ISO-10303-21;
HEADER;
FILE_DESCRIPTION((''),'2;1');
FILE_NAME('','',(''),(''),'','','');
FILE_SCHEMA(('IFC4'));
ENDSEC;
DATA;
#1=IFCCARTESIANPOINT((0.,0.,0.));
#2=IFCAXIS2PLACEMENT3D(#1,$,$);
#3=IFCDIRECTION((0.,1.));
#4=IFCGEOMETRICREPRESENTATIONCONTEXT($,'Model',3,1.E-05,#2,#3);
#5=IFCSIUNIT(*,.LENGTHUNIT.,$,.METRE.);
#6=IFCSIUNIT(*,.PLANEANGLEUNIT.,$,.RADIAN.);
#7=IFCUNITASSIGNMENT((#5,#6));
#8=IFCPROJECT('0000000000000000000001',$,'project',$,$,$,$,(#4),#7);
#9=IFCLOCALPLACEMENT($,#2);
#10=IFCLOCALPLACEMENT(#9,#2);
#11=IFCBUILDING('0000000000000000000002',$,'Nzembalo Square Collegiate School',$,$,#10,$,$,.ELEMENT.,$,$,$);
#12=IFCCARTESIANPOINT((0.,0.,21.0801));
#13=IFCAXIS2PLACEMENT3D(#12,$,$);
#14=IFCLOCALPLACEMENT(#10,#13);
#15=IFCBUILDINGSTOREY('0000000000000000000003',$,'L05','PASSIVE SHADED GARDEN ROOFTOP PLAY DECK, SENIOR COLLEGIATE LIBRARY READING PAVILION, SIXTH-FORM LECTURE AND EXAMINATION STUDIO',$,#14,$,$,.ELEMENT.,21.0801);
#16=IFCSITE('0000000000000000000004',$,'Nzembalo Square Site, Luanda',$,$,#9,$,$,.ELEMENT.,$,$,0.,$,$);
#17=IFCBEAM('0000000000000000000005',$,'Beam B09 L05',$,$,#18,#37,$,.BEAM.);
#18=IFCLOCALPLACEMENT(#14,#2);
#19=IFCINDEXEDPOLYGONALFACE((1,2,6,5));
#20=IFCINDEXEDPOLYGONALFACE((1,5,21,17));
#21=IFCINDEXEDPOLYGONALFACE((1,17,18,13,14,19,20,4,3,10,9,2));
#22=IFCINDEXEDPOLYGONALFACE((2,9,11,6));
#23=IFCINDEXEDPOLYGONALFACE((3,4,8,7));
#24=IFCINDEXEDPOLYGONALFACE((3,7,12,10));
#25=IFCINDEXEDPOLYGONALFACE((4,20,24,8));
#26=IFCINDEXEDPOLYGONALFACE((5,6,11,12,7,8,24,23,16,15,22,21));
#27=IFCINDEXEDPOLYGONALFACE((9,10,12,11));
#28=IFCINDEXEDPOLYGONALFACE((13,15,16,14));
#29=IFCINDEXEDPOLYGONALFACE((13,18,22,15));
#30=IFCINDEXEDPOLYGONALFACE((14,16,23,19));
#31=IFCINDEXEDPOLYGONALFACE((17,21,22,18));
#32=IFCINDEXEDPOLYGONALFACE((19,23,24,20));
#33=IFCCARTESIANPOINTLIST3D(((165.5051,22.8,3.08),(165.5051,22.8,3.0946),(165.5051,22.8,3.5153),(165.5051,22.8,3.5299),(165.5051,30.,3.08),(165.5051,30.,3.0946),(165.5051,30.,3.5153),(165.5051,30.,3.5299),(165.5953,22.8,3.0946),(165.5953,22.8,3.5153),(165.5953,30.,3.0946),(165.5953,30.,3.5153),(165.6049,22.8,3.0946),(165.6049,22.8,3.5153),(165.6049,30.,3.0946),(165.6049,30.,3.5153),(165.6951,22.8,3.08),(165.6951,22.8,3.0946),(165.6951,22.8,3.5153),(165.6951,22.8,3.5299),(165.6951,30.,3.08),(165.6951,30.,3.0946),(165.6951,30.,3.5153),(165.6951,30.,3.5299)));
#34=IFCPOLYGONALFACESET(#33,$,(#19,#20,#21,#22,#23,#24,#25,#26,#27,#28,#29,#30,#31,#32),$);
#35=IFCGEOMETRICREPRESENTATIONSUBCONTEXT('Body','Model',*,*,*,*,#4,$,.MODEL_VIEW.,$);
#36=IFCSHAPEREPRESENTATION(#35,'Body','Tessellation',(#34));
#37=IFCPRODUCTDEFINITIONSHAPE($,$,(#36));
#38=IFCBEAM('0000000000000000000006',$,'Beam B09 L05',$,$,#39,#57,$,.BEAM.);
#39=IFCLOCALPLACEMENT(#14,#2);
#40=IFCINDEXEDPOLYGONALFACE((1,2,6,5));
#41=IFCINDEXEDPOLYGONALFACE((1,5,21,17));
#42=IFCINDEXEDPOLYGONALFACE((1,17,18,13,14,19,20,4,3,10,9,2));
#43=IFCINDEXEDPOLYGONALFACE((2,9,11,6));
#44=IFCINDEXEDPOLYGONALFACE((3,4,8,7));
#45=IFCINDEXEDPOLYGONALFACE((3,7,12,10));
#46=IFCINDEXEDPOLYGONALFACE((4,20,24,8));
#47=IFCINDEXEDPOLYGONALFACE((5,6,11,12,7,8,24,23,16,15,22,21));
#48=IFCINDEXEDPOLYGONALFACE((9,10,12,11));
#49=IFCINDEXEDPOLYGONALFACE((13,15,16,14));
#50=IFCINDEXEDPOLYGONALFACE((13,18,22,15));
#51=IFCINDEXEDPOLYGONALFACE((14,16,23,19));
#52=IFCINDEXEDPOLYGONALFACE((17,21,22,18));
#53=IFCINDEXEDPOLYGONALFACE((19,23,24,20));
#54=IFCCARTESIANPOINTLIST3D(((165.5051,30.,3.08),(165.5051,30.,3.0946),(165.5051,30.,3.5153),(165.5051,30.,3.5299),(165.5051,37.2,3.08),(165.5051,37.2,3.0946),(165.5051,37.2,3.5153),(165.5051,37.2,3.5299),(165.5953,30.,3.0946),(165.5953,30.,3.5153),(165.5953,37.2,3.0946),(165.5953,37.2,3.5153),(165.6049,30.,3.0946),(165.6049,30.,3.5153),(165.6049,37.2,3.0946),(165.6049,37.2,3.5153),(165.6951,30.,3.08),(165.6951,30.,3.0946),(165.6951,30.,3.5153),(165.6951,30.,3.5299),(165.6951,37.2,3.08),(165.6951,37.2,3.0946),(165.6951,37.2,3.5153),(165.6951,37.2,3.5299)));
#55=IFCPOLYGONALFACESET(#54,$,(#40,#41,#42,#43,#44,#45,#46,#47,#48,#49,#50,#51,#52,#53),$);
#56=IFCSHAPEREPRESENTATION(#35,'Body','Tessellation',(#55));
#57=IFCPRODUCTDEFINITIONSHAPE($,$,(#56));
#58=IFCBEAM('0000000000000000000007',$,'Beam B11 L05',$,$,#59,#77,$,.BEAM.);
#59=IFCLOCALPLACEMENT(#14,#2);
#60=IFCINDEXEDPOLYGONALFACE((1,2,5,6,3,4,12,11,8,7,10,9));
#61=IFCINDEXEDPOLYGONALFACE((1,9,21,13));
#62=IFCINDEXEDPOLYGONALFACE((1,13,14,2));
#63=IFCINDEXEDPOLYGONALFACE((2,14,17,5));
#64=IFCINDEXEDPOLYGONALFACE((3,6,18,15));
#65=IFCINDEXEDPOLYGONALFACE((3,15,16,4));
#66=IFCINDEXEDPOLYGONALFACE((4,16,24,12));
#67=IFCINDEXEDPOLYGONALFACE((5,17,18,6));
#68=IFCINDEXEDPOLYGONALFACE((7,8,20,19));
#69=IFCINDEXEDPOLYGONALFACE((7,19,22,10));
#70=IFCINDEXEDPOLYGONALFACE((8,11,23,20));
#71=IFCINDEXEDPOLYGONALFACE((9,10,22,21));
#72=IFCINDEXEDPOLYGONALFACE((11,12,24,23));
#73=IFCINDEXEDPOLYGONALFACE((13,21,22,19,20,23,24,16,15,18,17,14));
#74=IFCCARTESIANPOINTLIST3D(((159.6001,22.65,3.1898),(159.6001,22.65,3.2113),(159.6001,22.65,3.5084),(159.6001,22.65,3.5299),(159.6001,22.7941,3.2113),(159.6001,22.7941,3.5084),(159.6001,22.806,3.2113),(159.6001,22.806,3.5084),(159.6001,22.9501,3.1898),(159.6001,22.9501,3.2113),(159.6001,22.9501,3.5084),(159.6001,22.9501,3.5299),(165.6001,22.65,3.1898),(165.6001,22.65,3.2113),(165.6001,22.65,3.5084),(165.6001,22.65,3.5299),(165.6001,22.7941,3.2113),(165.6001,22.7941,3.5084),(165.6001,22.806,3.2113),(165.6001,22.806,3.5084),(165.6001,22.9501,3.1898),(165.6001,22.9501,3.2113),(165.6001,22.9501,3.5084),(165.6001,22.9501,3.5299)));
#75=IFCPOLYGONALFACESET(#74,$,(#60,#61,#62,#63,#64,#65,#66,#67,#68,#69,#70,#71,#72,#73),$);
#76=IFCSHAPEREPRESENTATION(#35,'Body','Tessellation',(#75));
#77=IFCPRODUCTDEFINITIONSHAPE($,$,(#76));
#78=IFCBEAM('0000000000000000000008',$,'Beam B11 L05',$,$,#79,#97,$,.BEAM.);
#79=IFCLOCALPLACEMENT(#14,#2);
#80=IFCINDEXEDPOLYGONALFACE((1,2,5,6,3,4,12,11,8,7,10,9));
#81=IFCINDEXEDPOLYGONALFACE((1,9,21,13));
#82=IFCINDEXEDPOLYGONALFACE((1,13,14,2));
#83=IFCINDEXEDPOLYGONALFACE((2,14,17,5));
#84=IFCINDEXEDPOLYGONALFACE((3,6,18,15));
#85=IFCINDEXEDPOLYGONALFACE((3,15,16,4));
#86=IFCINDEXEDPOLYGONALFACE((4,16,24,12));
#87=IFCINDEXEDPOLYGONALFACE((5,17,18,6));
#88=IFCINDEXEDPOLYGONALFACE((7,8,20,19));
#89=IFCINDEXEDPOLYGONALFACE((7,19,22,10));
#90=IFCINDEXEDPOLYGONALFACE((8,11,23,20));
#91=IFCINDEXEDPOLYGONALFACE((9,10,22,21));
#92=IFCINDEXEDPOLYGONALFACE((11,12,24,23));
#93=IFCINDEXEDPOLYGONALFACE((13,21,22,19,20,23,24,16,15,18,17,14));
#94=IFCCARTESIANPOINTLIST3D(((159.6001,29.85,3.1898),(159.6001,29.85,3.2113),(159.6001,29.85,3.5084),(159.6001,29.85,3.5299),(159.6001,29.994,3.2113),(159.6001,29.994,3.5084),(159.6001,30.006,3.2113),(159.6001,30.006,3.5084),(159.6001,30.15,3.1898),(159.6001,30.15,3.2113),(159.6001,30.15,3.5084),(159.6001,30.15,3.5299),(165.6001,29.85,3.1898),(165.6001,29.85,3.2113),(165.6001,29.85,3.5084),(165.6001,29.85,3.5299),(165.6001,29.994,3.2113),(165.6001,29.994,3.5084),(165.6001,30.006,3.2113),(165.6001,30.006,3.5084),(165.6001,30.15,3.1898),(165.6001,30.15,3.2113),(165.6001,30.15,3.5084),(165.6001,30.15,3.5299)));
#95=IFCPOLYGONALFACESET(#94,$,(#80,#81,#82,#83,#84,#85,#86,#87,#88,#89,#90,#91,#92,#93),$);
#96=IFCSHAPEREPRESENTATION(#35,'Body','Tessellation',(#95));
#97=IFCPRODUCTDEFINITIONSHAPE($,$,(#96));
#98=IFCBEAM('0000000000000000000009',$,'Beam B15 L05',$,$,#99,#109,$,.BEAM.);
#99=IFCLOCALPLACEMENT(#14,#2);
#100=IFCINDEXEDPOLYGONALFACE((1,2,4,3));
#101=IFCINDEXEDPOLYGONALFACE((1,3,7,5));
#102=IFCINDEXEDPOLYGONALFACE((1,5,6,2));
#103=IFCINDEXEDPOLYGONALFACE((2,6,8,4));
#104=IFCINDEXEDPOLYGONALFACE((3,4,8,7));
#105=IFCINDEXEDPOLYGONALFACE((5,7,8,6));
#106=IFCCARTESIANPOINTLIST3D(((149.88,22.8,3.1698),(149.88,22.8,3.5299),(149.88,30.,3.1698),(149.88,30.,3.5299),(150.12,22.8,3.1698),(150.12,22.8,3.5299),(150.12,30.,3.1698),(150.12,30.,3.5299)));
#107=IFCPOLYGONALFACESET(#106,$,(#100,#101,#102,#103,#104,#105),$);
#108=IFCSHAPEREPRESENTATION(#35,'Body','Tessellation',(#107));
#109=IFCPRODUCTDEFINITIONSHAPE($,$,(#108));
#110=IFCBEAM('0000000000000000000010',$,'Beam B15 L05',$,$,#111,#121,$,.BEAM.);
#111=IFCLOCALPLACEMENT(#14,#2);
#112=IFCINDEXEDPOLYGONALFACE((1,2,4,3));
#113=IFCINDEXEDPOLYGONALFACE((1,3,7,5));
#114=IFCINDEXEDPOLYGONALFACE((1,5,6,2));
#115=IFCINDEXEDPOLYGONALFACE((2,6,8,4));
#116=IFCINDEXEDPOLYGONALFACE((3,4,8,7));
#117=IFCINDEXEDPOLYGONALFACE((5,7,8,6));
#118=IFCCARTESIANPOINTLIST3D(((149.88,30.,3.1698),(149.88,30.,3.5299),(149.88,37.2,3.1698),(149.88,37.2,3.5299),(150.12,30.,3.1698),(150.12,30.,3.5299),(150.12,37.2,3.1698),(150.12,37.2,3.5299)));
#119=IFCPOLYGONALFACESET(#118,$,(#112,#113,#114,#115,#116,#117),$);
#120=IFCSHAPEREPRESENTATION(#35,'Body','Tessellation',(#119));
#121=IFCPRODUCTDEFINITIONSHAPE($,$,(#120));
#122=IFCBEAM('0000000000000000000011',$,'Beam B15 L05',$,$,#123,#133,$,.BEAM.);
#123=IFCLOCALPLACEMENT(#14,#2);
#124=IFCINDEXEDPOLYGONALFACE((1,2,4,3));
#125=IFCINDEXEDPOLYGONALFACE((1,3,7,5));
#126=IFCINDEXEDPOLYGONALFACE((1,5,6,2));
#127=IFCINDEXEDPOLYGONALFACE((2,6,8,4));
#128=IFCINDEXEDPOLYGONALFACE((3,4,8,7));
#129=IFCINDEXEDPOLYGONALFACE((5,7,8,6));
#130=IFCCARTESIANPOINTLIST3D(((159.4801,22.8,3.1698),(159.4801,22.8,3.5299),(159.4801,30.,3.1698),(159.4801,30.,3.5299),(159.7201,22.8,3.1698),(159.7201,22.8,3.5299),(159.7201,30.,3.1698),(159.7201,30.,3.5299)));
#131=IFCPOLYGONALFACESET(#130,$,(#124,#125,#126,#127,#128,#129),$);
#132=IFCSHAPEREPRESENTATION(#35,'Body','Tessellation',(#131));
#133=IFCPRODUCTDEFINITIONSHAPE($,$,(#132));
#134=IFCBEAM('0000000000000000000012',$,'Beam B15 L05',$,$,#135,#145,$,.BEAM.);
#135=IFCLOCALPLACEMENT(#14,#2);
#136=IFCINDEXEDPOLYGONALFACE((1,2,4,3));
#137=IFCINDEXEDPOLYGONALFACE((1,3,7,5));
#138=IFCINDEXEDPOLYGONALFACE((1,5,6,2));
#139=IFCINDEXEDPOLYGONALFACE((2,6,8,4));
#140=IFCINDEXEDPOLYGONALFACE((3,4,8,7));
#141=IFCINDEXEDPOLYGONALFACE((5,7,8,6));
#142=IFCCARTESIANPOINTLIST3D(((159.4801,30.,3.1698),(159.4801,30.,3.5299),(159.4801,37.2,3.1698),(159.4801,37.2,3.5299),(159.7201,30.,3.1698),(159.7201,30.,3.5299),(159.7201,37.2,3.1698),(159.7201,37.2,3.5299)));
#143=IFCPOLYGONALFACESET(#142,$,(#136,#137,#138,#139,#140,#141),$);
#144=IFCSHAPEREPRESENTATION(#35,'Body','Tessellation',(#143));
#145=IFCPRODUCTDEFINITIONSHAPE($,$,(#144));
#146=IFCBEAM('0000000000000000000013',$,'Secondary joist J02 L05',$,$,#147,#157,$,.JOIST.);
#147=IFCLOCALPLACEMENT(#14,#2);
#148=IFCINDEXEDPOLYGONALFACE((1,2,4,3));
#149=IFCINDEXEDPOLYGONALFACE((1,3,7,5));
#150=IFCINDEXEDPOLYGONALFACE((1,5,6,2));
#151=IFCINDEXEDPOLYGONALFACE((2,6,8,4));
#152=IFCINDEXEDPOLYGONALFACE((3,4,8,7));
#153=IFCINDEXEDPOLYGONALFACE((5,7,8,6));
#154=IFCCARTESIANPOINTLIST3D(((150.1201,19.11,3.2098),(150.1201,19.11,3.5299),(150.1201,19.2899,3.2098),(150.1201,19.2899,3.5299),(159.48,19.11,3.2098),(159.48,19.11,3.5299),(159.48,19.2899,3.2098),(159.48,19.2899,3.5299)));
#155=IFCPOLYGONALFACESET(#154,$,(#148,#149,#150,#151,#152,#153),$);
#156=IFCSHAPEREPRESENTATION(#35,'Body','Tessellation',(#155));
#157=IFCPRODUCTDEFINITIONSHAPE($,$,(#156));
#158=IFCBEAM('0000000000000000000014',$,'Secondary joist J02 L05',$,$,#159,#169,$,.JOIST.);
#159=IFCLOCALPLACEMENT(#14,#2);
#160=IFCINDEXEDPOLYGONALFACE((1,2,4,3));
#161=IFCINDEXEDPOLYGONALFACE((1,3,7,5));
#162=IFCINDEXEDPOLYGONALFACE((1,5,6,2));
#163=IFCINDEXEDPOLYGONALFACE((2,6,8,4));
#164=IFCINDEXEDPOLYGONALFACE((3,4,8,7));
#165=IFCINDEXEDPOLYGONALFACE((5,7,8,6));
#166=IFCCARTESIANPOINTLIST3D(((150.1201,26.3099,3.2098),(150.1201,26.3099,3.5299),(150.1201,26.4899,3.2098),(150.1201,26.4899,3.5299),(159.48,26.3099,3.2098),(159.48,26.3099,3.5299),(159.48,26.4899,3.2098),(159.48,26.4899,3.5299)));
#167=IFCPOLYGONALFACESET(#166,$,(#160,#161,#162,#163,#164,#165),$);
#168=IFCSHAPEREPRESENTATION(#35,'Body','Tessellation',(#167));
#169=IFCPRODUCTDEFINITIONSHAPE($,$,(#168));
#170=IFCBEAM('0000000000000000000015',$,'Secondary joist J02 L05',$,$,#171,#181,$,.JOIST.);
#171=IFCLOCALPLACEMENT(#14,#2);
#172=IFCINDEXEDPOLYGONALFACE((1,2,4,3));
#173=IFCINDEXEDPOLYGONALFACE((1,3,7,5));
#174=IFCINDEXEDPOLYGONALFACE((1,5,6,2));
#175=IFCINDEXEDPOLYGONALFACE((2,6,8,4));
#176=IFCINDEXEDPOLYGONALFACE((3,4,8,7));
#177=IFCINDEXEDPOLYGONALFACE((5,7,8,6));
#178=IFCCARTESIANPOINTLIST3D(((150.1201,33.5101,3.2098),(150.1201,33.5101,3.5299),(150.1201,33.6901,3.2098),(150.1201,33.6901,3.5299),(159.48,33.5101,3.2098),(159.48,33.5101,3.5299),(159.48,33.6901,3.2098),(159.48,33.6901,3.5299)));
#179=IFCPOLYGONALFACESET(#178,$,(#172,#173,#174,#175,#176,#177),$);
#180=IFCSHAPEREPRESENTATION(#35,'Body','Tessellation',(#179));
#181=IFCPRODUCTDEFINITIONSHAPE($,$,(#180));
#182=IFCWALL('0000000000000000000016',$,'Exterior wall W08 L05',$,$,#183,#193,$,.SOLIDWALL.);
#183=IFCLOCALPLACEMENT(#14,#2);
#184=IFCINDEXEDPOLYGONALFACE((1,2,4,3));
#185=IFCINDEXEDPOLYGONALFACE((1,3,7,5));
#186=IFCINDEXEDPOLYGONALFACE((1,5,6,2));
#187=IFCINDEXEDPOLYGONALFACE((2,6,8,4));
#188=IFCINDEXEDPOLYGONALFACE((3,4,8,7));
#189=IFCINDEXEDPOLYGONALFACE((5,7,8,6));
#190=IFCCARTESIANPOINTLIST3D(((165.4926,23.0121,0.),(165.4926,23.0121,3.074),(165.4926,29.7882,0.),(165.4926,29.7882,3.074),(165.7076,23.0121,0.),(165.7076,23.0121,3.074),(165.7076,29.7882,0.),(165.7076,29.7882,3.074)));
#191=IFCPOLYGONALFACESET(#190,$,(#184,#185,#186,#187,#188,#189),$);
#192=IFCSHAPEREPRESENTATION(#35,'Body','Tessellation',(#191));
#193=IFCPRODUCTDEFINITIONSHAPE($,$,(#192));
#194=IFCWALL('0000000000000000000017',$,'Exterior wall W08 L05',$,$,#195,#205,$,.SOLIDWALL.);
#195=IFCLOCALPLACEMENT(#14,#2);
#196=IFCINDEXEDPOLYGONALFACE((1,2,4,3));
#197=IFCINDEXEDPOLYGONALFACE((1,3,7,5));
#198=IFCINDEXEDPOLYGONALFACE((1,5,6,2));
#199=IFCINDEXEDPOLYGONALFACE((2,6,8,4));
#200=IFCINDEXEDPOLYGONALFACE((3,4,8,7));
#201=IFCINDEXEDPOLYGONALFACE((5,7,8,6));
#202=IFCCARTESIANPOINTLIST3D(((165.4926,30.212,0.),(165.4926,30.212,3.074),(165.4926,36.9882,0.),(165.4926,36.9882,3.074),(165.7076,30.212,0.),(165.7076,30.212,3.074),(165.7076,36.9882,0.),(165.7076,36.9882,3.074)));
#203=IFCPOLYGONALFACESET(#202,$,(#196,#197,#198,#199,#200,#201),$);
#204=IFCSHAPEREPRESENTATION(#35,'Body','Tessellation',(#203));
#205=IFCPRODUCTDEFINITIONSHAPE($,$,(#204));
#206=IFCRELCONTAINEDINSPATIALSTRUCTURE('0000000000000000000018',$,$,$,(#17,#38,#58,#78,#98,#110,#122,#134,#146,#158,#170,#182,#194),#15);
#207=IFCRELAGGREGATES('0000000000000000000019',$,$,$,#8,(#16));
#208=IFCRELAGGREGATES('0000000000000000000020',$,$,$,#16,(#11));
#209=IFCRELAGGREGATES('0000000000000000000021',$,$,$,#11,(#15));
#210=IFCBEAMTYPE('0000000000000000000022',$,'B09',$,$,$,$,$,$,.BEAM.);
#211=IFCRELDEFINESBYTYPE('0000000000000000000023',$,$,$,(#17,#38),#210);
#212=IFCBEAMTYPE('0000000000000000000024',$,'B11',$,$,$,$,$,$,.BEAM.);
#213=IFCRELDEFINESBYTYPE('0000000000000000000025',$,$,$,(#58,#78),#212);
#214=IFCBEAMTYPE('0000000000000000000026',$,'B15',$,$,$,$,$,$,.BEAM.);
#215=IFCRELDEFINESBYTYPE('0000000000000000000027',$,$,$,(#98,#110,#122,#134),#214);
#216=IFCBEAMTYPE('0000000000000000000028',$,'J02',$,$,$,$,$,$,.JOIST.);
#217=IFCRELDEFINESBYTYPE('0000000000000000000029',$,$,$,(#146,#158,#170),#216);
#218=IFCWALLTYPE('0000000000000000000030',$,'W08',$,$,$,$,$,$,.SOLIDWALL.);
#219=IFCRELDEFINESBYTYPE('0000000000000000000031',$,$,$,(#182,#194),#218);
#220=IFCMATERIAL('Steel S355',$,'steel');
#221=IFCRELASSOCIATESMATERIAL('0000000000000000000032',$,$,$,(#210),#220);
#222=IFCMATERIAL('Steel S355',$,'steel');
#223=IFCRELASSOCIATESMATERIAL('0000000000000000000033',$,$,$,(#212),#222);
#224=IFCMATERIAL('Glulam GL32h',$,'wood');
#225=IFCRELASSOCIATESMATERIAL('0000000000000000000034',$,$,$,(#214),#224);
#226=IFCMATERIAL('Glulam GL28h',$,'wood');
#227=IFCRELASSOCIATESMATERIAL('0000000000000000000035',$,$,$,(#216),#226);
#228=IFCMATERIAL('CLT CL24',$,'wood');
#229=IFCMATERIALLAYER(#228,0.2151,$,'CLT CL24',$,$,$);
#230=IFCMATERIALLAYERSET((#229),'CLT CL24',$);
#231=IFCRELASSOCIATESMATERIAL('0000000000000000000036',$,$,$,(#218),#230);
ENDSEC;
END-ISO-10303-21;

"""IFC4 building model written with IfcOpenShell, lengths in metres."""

from ifc_helpers import new_model, si_unit, direction, frame, frame_2d, origin, origin_2d, place, context, subcontext, project, spatial, rectangle, i_section, extrude, material, layer, layer_set, material_profile, profile_set, type_object, element, save


model = new_model("IFC4")

# Units and contexts
model_context = context("Model", 3, precision=1e-05, world=origin(), true_north=direction((0.0, 1.0)))
body_context = subcontext(model_context, "Body", "Model", "MODEL_VIEW")
ifc_project = project(units=[si_unit("LENGTHUNIT", "METRE"), si_unit("PLANEANGLEUNIT", "RADIAN")], contexts=[model_context])

# Site, building, storey
site_placement = place(None, origin())
site = spatial("IfcSite", under=ifc_project, at=site_placement, Name="Nzembalo Square Site, Luanda", CompositionType="ELEMENT", RefElevation=0.0)
building_placement = place(site_placement, origin())
building = spatial("IfcBuilding", under=site, at=building_placement, Name="Nzembalo Square Collegiate School", CompositionType="ELEMENT")
storey_placement = place(building_placement, frame((0.0, 0.0, 21.0801)))
storey = spatial("IfcBuildingStorey", under=building, at=storey_placement, Name="L05", Description="PASSIVE SHADED GARDEN ROOFTOP PLAY DECK, SENIOR COLLEGIATE LIBRARY READING PAVILION, SIXTH-FORM LECTURE AND EXAMINATION STUDIO", CompositionType="ELEMENT", Elevation=21.0801)

# Beams
ifc_material_1 = material(Name="Steel S355", Category="steel")
ifc_material_profile_1 = material_profile(ifc_material_1, i_section(OverallWidth=0.1899, OverallDepth=0.45, WebThickness=0.0095, FlangeThickness=0.0146, at=origin_2d()), Name="IPE 450")
ifc_profile_set_1 = profile_set([ifc_material_profile_1], Name="Steel S355")
beam_type_1 = type_object("IfcBeamType", Name="B09", PredefinedType="BEAM", material=ifc_profile_set_1)
for number, where, z_axis, x_axis, name in (
    (1, (165.6001, 22.8, 3.3049), (0.0, 1.0, 0.0), (-1.0, 0.0, 0.0), "Beam B09 L05"),
    (2, (165.6001, 30.0, 3.3049), (0.0, 1.0, 0.0), (-1.0, 0.0, 0.0), "Beam B09 L05"),
):
    element("IfcBeam", number, at=place(storey_placement, frame(where, z_axis=z_axis, x_axis=x_axis)), inside=storey, type_object=beam_type_1, Name=name, PredefinedType="BEAM", context=body_context, shape_type="SweptSolid", body=[
        extrude(i_section(OverallWidth=0.1899, OverallDepth=0.45, WebThickness=0.0095, FlangeThickness=0.0146, at=origin_2d()), origin(), (0.0, 0.0, 1.0), 7.2),
    ])
ifc_material_2 = material(Name="Steel S355", Category="steel")
ifc_material_profile_2 = material_profile(ifc_material_2, i_section(OverallWidth=0.3, OverallDepth=0.3401, WebThickness=0.012, FlangeThickness=0.0215, at=origin_2d()), Name="HEB 340")
ifc_profile_set_2 = profile_set([ifc_material_profile_2], Name="Steel S355")
beam_type_2 = type_object("IfcBeamType", Name="B11", PredefinedType="BEAM", material=ifc_profile_set_2)
for number, where, z_axis, x_axis, name in (
    (3, (159.6001, 22.8, 3.3599), (1.0, 0.0, 0.0), (0.0, 1.0, 0.0), "Beam B11 L05"),
    (4, (159.6001, 30.0, 3.3599), (1.0, 0.0, 0.0), (0.0, 1.0, 0.0), "Beam B11 L05"),
):
    element("IfcBeam", number, at=place(storey_placement, frame(where, z_axis=z_axis, x_axis=x_axis)), inside=storey, type_object=beam_type_2, Name=name, PredefinedType="BEAM", context=body_context, shape_type="SweptSolid", body=[
        extrude(i_section(OverallWidth=0.3, OverallDepth=0.3401, WebThickness=0.012, FlangeThickness=0.0215, at=origin_2d()), origin(), (0.0, 0.0, 1.0), 6.0),
    ])
ifc_material_3 = material(Name="Glulam GL32h", Category="wood")
ifc_material_profile_3 = material_profile(ifc_material_3, rectangle(XDim=0.24, YDim=0.3601, at=origin_2d()), Name="GL32h 240x360")
ifc_profile_set_3 = profile_set([ifc_material_profile_3], Name="Glulam GL32h")
beam_type_3 = type_object("IfcBeamType", Name="B15", PredefinedType="BEAM", material=ifc_profile_set_3)
for number, where, z_axis, x_axis, name in (
    (5, (150.0, 22.8, 3.3499), (0.0, 1.0, 0.0), (-1.0, 0.0, 0.0), "Beam B15 L05"),
    (6, (150.0, 30.0, 3.3499), (0.0, 1.0, 0.0), (-1.0, 0.0, 0.0), "Beam B15 L05"),
    (7, (159.6001, 22.8, 3.3499), (0.0, 1.0, 0.0), (-1.0, 0.0, 0.0), "Beam B15 L05"),
    (8, (159.6001, 30.0, 3.3499), (0.0, 1.0, 0.0), (-1.0, 0.0, 0.0), "Beam B15 L05"),
):
    element("IfcBeam", number, at=place(storey_placement, frame(where, z_axis=z_axis, x_axis=x_axis)), inside=storey, type_object=beam_type_3, Name=name, PredefinedType="BEAM", context=body_context, shape_type="SweptSolid", body=[
        extrude(rectangle(XDim=0.24, YDim=0.3601, at=origin_2d()), origin(), (0.0, 0.0, 1.0), 7.2),
    ])
ifc_material_4 = material(Name="Glulam GL28h", Category="wood")
ifc_material_profile_4 = material_profile(ifc_material_4, rectangle(XDim=0.1799, YDim=0.3201, at=origin_2d()), Name="GL28h 180x320")
ifc_profile_set_4 = profile_set([ifc_material_profile_4], Name="Glulam GL28h")
beam_type_4 = type_object("IfcBeamType", Name="J02", PredefinedType="JOIST", material=ifc_profile_set_4)
for number, where, z_axis, x_axis, name in (
    (9, (150.1201, 19.2, 3.3699), (1.0, 0.0, 0.0), (0.0, 1.0, 0.0), "Secondary joist J02 L05"),
    (10, (150.1201, 26.3999, 3.3699), (1.0, 0.0, 0.0), (0.0, 1.0, 0.0), "Secondary joist J02 L05"),
    (11, (150.1201, 33.6001, 3.3699), (1.0, 0.0, 0.0), (0.0, 1.0, 0.0), "Secondary joist J02 L05"),
):
    element("IfcBeam", number, at=place(storey_placement, frame(where, z_axis=z_axis, x_axis=x_axis)), inside=storey, type_object=beam_type_4, Name=name, PredefinedType="JOIST", context=body_context, shape_type="SweptSolid", body=[
        extrude(rectangle(XDim=0.1799, YDim=0.3201, at=origin_2d()), origin(), (0.0, 0.0, 1.0), 9.3599),
    ])

# Walls
ifc_material_5 = material(Name="CLT CL24", Category="wood")
ifc_layer_1 = layer(ifc_material_5, 0.2151, Name="CLT CL24")
ifc_layer_set_1 = layer_set([ifc_layer_1], Name="CLT CL24")
wall_type_1 = type_object("IfcWallType", Name="W08", PredefinedType="SOLIDWALL", material=ifc_layer_set_1)
for number, where, z_axis, x_axis, name in (
    (12, (165.6001, 23.012, 0.0), (0.0, 0.0, 1.0), (0.0, 1.0, 0.0), "Exterior wall W08 L05"),
    (13, (165.6001, 30.2119, 0.0), (0.0, 0.0, 1.0), (0.0, 1.0, 0.0), "Exterior wall W08 L05"),
):
    element("IfcWall", number, at=place(storey_placement, frame(where, z_axis=z_axis, x_axis=x_axis)), inside=storey, type_object=wall_type_1, Name=name, PredefinedType="SOLIDWALL", context=body_context, shape_type="SweptSolid", body=[
        extrude(rectangle(XDim=6.7761, YDim=0.2151, at=frame_2d((3.3882, 0.0))), origin(), (0.0, 0.0, 1.0), 3.074),
    ])

save(model, "model.ifc")
